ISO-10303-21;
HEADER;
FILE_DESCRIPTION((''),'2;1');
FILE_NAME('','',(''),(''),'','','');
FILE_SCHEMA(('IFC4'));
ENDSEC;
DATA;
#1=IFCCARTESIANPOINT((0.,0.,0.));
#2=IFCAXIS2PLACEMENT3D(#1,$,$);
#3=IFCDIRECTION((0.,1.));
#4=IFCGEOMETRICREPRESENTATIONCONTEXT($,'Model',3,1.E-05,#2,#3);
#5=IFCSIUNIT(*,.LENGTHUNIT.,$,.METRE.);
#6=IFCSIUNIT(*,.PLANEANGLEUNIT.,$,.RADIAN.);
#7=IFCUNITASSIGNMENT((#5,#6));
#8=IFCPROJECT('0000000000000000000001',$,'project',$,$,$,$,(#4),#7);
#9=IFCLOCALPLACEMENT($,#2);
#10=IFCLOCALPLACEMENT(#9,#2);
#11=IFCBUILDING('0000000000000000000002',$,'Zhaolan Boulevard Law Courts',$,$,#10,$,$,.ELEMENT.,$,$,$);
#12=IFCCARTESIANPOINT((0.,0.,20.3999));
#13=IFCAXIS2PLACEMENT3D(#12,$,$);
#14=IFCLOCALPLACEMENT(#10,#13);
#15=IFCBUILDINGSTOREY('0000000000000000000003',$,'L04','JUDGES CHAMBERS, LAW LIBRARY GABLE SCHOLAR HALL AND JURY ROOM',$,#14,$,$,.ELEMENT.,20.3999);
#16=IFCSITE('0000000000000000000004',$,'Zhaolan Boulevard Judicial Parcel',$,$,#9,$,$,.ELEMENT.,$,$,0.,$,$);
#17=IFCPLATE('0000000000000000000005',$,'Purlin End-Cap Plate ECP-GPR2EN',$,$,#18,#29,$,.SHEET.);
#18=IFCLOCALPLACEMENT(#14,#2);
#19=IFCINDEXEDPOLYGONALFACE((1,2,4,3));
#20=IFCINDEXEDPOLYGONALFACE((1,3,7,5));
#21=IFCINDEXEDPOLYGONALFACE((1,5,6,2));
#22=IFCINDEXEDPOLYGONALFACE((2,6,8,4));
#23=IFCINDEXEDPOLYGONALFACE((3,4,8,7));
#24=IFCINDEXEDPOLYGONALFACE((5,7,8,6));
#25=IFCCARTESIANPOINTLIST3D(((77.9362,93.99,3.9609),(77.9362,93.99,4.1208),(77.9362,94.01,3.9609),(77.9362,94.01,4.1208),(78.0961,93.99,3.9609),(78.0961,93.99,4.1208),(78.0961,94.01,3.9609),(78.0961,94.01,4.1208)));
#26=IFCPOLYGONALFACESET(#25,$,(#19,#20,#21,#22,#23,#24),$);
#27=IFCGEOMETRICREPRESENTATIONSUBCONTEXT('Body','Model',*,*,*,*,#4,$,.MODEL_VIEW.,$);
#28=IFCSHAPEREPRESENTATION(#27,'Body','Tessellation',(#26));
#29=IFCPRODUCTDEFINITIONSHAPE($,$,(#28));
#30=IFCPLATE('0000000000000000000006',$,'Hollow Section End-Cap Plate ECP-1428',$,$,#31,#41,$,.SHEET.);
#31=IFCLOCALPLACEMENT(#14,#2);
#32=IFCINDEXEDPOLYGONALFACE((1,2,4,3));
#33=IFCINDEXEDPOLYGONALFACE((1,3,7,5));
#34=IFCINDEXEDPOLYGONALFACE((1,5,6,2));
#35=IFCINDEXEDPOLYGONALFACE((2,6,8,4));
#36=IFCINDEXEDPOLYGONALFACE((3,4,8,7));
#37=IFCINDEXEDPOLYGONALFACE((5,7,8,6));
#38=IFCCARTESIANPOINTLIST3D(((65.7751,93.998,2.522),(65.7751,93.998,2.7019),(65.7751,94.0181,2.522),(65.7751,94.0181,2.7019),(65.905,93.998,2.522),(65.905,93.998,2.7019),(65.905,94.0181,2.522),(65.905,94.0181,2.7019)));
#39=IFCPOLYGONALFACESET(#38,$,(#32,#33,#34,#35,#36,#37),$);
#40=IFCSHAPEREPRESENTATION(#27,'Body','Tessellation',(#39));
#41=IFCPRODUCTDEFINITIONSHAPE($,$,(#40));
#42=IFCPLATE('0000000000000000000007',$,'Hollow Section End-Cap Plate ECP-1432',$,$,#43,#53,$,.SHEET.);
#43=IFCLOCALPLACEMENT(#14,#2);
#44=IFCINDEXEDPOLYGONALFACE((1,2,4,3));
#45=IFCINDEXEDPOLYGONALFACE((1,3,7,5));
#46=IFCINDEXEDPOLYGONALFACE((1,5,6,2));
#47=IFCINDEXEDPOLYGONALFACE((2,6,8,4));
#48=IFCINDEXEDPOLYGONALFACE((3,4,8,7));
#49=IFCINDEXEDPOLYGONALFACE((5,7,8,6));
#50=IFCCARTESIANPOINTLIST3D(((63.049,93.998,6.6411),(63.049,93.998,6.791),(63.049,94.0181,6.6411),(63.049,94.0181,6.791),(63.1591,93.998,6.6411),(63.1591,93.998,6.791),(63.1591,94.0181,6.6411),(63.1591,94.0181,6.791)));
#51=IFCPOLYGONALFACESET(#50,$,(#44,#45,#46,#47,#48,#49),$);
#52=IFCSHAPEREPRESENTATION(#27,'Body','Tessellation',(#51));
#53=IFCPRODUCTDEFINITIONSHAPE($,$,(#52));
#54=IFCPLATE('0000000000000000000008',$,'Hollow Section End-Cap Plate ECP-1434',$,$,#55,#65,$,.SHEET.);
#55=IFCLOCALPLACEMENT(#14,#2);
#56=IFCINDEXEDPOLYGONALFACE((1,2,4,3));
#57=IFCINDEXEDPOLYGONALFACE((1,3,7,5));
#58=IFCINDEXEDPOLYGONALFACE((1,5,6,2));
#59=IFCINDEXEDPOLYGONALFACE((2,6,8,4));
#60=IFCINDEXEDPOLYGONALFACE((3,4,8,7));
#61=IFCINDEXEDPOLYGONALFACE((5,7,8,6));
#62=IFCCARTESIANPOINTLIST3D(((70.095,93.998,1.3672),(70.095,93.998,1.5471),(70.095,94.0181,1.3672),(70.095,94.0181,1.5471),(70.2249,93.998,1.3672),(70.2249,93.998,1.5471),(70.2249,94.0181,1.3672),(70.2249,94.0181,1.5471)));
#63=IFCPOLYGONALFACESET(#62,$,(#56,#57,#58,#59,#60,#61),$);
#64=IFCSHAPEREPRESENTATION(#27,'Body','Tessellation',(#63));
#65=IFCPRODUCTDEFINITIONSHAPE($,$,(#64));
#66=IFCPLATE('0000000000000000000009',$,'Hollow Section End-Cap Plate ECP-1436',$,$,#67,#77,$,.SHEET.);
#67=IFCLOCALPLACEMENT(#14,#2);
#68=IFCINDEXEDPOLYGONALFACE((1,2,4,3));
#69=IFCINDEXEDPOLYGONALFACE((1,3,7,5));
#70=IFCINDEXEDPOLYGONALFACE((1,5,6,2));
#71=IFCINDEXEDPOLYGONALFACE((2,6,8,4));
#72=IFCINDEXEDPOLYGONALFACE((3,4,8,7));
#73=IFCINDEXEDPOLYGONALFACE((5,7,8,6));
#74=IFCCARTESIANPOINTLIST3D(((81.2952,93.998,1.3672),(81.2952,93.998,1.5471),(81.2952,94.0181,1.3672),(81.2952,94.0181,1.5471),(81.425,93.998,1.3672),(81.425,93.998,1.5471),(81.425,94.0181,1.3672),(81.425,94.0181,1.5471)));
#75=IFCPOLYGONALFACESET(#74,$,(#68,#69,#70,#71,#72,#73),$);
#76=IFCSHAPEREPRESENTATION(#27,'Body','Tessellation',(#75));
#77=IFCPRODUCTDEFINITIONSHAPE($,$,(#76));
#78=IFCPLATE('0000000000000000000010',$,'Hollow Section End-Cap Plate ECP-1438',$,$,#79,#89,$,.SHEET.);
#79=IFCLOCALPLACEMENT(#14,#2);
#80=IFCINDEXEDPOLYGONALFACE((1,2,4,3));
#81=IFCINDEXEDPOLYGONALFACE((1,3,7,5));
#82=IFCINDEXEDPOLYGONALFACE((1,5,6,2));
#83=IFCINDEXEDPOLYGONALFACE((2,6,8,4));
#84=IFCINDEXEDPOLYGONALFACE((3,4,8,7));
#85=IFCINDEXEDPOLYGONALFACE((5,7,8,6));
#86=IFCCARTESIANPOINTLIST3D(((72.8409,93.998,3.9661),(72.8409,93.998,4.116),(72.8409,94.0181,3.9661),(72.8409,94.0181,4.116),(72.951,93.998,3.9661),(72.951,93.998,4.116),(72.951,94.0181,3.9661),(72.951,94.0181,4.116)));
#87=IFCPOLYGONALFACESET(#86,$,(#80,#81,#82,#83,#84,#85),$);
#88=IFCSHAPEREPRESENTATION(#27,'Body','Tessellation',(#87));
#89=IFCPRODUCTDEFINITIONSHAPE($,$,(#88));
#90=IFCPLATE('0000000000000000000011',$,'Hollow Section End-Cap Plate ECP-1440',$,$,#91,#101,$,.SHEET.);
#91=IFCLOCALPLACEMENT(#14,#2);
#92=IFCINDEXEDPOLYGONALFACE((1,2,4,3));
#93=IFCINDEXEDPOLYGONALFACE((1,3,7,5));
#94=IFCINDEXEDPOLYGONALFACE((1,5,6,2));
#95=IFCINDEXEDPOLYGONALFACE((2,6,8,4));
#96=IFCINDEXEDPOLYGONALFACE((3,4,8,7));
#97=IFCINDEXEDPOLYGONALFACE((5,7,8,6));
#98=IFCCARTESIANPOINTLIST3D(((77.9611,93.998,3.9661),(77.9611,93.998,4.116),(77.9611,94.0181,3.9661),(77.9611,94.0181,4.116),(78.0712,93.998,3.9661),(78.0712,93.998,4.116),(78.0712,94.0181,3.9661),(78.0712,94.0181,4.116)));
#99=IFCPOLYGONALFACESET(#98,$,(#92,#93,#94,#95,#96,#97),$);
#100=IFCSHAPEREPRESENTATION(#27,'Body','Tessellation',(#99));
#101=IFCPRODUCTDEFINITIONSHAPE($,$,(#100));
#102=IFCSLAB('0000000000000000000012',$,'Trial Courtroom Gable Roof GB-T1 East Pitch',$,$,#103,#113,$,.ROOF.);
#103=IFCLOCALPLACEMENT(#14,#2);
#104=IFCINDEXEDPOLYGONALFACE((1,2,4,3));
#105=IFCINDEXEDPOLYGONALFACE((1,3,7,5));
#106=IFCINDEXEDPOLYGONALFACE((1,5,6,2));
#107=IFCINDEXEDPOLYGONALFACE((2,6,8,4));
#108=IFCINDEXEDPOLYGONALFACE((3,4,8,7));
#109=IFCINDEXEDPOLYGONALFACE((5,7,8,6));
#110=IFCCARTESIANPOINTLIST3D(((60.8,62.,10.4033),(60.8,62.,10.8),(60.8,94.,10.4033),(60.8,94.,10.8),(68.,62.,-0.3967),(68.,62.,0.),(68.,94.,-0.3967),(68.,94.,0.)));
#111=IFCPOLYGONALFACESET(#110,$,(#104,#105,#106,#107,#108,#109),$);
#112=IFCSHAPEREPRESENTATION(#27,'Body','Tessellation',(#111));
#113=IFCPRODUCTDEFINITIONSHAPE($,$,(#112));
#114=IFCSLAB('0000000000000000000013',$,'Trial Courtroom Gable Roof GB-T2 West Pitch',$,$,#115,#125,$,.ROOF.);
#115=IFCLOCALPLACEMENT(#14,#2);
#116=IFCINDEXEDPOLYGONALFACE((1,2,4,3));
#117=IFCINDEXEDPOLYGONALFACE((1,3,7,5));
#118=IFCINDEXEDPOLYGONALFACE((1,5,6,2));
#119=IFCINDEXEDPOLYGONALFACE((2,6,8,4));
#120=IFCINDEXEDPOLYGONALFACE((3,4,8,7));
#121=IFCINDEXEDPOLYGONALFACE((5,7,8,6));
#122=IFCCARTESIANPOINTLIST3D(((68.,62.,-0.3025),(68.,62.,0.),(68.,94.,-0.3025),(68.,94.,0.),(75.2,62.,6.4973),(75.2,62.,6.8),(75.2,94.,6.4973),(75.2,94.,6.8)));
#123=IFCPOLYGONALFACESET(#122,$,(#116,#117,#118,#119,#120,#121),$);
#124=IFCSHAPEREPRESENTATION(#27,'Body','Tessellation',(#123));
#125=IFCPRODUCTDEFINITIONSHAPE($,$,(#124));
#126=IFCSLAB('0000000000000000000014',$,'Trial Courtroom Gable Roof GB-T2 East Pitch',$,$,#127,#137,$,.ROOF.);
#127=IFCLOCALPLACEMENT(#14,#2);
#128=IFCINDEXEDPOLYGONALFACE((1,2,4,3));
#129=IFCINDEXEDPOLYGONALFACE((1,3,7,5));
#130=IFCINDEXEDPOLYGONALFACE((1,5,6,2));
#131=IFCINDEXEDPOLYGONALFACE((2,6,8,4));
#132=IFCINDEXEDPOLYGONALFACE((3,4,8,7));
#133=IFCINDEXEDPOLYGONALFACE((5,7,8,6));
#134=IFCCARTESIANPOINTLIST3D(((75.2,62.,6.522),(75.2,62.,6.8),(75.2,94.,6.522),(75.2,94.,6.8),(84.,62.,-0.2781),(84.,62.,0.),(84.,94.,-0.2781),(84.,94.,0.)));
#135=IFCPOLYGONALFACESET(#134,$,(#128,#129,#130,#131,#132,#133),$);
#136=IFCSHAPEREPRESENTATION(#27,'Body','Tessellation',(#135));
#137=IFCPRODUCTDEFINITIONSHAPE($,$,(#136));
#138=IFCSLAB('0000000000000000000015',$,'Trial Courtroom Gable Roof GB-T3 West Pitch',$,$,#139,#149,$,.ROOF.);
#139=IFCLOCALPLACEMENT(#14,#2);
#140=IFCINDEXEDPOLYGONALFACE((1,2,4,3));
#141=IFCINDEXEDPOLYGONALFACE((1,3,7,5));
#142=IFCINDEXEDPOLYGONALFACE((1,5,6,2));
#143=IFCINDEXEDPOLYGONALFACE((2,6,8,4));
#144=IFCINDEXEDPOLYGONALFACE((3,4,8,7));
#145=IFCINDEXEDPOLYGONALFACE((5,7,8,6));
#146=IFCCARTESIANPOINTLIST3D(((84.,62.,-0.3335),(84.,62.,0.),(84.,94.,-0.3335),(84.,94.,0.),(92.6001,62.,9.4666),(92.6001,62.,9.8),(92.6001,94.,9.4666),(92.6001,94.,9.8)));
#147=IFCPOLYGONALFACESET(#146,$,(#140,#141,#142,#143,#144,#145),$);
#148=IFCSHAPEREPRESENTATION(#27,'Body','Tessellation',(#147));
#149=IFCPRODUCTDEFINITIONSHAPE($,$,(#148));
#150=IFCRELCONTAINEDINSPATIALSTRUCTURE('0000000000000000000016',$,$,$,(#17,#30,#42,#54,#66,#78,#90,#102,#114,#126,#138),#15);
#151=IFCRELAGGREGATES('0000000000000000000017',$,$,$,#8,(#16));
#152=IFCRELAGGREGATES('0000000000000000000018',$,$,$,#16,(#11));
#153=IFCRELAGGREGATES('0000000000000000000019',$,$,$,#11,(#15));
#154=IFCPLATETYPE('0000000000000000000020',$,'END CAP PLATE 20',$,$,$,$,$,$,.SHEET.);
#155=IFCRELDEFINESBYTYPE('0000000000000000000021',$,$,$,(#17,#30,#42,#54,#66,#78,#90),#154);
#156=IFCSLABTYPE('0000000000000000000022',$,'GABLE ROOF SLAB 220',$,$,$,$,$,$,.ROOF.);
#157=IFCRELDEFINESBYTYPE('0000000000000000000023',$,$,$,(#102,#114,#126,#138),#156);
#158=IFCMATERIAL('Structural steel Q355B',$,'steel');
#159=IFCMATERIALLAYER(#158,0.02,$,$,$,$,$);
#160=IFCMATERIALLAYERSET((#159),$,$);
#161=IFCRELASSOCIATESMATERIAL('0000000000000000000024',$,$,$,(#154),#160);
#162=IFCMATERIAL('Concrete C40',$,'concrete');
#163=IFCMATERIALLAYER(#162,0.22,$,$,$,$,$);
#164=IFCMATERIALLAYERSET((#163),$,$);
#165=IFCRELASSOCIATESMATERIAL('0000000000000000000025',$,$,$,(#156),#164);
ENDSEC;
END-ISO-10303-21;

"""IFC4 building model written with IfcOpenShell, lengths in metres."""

from ifc_helpers import new_model, si_unit, direction, frame, origin, origin_2d, place, context, subcontext, project, spatial, polyline, rectangle, outline, extrude, material, layer, layer_set, type_object, element, save


model = new_model("IFC4")

# Units and contexts
model_context = context("Model", 3, precision=1e-05, world=origin(), true_north=direction((0.0, 1.0)))
body_context = subcontext(model_context, "Body", "Model", "MODEL_VIEW")
ifc_project = project(units=[si_unit("LENGTHUNIT", "METRE"), si_unit("PLANEANGLEUNIT", "RADIAN")], contexts=[model_context])

# Site, building, storey
site_placement = place(None, origin())
site = spatial("IfcSite", under=ifc_project, at=site_placement, Name="Zhaolan Boulevard Judicial Parcel", CompositionType="ELEMENT", RefElevation=0.0)
building_placement = place(site_placement, origin())
building = spatial("IfcBuilding", under=site, at=building_placement, Name="Zhaolan Boulevard Law Courts", CompositionType="ELEMENT")
storey_placement = place(building_placement, frame((0.0, 0.0, 20.3999)))
storey = spatial("IfcBuildingStorey", under=building, at=storey_placement, Name="L04", Description="JUDGES CHAMBERS, LAW LIBRARY GABLE SCHOLAR HALL AND JURY ROOM", CompositionType="ELEMENT", Elevation=20.3999)

# Plates
ifc_material_1 = material(Name="Structural steel Q355B", Category="steel")
ifc_layer_1 = layer(ifc_material_1, 0.02)
ifc_layer_set_1 = layer_set([ifc_layer_1])
plate_type = type_object("IfcPlateType", Name="END CAP PLATE 20", PredefinedType="SHEET", material=ifc_layer_set_1)
for number, where, z_axis, x_axis, name in (
    (1, (78.0161, 94.0, 3.9609), (0.0, 0.0, 1.0), (1.0, 0.0, 0.0), "Purlin End-Cap Plate ECP-GPR2EN"),
):
    element("IfcPlate", number, at=place(storey_placement, frame(where, z_axis=z_axis, x_axis=x_axis)), inside=storey, type_object=plate_type, Name=name, PredefinedType="SHEET", context=body_context, shape_type="SweptSolid", body=[
        extrude(rectangle(XDim=0.1599, YDim=0.02, at=origin_2d()), origin(), (0.0, 0.0, 1.0), 0.1599),
    ])
plate_1_placement = place(storey_placement, frame((65.8401, 94.0081, 2.522), z_axis=(0.0, 0.0, 1.0), x_axis=(0.0, 1.0, 0.0)))
element("IfcPlate", 2, at=plate_1_placement, inside=storey, type_object=plate_type, Name="Hollow Section End-Cap Plate ECP-1428", PredefinedType="SHEET", context=body_context, shape_type="SweptSolid", body=[
    extrude(rectangle(XDim=0.02, YDim=0.1299, at=origin_2d()), origin(), (0.0, 0.0, 1.0), 0.1799),
])
plate_2_placement = place(storey_placement, frame((63.104, 94.0081, 6.6411), z_axis=(0.0, 0.0, 1.0), x_axis=(0.0, 1.0, 0.0)))
element("IfcPlate", 3, at=plate_2_placement, inside=storey, type_object=plate_type, Name="Hollow Section End-Cap Plate ECP-1432", PredefinedType="SHEET", context=body_context, shape_type="SweptSolid", body=[
    extrude(rectangle(XDim=0.02, YDim=0.1101, at=origin_2d()), origin(), (0.0, 0.0, 1.0), 0.1499),
])
for number, where, z_axis, x_axis, name in (
    (4, (70.1599, 94.0081, 1.3672), (0.0, 0.0, 1.0), (0.0, 1.0, 0.0), "Hollow Section End-Cap Plate ECP-1434"),
    (5, (81.3601, 94.0081, 1.3672), (0.0, 0.0, 1.0), (0.0, 1.0, 0.0), "Hollow Section End-Cap Plate ECP-1436"),
):
    element("IfcPlate", number, at=place(storey_placement, frame(where, z_axis=z_axis, x_axis=x_axis)), inside=storey, type_object=plate_type, Name=name, PredefinedType="SHEET", context=body_context, shape_type="SweptSolid", body=[
        extrude(rectangle(XDim=0.02, YDim=0.1299, at=origin_2d()), origin(), (0.0, 0.0, 1.0), 0.1799),
    ])
for number, where, z_axis, x_axis, name in (
    (6, (72.896, 94.0081, 3.9661), (0.0, 0.0, 1.0), (0.0, 1.0, 0.0), "Hollow Section End-Cap Plate ECP-1438"),
    (7, (78.0161, 94.0081, 3.9661), (0.0, 0.0, 1.0), (0.0, 1.0, 0.0), "Hollow Section End-Cap Plate ECP-1440"),
):
    element("IfcPlate", number, at=place(storey_placement, frame(where, z_axis=z_axis, x_axis=x_axis)), inside=storey, type_object=plate_type, Name=name, PredefinedType="SHEET", context=body_context, shape_type="SweptSolid", body=[
        extrude(rectangle(XDim=0.02, YDim=0.1101, at=origin_2d()), origin(), (0.0, 0.0, 1.0), 0.1499),
    ])

# Slabs
ifc_material_2 = material(Name="Concrete C40", Category="concrete")
ifc_layer_2 = layer(ifc_material_2, 0.22)
ifc_layer_set_2 = layer_set([ifc_layer_2])
slab_type = type_object("IfcSlabType", Name="GABLE ROOF SLAB 220", PredefinedType="ROOF", material=ifc_layer_set_2)
slab_1_placement = place(storey_placement, frame((60.8, 94.0, 0.0), z_axis=(0.0, -1.0, 0.0), x_axis=(1.0, 0.0, 0.0)))
element("IfcSlab", 8, at=slab_1_placement, inside=storey, type_object=slab_type, Name="Trial Courtroom Gable Roof GB-T1 East Pitch", PredefinedType="ROOF", context=body_context, shape_type="SweptSolid", body=[
    extrude(outline(polyline([(0.0, 10.8), (7.2, 0.0), (7.2, -0.3967), (0.0, 10.4033), (0.0, 10.8)])), origin(), (0.0, 0.0, 1.0), 32.0),
])
slab_2_placement = place(storey_placement, frame((68.0, 94.0, 0.0), z_axis=(0.0, -1.0, 0.0), x_axis=(1.0, 0.0, 0.0)))
element("IfcSlab", 9, at=slab_2_placement, inside=storey, type_object=slab_type, Name="Trial Courtroom Gable Roof GB-T2 West Pitch", PredefinedType="ROOF", context=body_context, shape_type="SweptSolid", body=[
    extrude(outline(polyline([(0.0, 0.0), (7.2, 6.8), (7.2, 6.4973), (0.0, -0.3025), (0.0, 0.0)])), origin(), (0.0, 0.0, 1.0), 32.0),
])
slab_3_placement = place(storey_placement, frame((75.2, 94.0, 0.0), z_axis=(0.0, -1.0, 0.0), x_axis=(1.0, 0.0, 0.0)))
element("IfcSlab", 10, at=slab_3_placement, inside=storey, type_object=slab_type, Name="Trial Courtroom Gable Roof GB-T2 East Pitch", PredefinedType="ROOF", context=body_context, shape_type="SweptSolid", body=[
    extrude(outline(polyline([(0.0, 6.8), (8.8, 0.0), (8.8, -0.2781), (0.0, 6.522), (0.0, 6.8)])), origin(), (0.0, 0.0, 1.0), 32.0),
])
slab_4_placement = place(storey_placement, frame((84.0, 94.0, 0.0), z_axis=(0.0, -1.0, 0.0), x_axis=(1.0, 0.0, 0.0)))
element("IfcSlab", 11, at=slab_4_placement, inside=storey, type_object=slab_type, Name="Trial Courtroom Gable Roof GB-T3 West Pitch", PredefinedType="ROOF", context=body_context, shape_type="SweptSolid", body=[
    extrude(outline(polyline([(0.0, 0.0), (8.6001, 9.8), (8.6001, 9.4666), (0.0, -0.3335), (0.0, 0.0)])), origin(), (0.0, 0.0, 1.0), 32.0),
])

save(model, "model.ifc")
